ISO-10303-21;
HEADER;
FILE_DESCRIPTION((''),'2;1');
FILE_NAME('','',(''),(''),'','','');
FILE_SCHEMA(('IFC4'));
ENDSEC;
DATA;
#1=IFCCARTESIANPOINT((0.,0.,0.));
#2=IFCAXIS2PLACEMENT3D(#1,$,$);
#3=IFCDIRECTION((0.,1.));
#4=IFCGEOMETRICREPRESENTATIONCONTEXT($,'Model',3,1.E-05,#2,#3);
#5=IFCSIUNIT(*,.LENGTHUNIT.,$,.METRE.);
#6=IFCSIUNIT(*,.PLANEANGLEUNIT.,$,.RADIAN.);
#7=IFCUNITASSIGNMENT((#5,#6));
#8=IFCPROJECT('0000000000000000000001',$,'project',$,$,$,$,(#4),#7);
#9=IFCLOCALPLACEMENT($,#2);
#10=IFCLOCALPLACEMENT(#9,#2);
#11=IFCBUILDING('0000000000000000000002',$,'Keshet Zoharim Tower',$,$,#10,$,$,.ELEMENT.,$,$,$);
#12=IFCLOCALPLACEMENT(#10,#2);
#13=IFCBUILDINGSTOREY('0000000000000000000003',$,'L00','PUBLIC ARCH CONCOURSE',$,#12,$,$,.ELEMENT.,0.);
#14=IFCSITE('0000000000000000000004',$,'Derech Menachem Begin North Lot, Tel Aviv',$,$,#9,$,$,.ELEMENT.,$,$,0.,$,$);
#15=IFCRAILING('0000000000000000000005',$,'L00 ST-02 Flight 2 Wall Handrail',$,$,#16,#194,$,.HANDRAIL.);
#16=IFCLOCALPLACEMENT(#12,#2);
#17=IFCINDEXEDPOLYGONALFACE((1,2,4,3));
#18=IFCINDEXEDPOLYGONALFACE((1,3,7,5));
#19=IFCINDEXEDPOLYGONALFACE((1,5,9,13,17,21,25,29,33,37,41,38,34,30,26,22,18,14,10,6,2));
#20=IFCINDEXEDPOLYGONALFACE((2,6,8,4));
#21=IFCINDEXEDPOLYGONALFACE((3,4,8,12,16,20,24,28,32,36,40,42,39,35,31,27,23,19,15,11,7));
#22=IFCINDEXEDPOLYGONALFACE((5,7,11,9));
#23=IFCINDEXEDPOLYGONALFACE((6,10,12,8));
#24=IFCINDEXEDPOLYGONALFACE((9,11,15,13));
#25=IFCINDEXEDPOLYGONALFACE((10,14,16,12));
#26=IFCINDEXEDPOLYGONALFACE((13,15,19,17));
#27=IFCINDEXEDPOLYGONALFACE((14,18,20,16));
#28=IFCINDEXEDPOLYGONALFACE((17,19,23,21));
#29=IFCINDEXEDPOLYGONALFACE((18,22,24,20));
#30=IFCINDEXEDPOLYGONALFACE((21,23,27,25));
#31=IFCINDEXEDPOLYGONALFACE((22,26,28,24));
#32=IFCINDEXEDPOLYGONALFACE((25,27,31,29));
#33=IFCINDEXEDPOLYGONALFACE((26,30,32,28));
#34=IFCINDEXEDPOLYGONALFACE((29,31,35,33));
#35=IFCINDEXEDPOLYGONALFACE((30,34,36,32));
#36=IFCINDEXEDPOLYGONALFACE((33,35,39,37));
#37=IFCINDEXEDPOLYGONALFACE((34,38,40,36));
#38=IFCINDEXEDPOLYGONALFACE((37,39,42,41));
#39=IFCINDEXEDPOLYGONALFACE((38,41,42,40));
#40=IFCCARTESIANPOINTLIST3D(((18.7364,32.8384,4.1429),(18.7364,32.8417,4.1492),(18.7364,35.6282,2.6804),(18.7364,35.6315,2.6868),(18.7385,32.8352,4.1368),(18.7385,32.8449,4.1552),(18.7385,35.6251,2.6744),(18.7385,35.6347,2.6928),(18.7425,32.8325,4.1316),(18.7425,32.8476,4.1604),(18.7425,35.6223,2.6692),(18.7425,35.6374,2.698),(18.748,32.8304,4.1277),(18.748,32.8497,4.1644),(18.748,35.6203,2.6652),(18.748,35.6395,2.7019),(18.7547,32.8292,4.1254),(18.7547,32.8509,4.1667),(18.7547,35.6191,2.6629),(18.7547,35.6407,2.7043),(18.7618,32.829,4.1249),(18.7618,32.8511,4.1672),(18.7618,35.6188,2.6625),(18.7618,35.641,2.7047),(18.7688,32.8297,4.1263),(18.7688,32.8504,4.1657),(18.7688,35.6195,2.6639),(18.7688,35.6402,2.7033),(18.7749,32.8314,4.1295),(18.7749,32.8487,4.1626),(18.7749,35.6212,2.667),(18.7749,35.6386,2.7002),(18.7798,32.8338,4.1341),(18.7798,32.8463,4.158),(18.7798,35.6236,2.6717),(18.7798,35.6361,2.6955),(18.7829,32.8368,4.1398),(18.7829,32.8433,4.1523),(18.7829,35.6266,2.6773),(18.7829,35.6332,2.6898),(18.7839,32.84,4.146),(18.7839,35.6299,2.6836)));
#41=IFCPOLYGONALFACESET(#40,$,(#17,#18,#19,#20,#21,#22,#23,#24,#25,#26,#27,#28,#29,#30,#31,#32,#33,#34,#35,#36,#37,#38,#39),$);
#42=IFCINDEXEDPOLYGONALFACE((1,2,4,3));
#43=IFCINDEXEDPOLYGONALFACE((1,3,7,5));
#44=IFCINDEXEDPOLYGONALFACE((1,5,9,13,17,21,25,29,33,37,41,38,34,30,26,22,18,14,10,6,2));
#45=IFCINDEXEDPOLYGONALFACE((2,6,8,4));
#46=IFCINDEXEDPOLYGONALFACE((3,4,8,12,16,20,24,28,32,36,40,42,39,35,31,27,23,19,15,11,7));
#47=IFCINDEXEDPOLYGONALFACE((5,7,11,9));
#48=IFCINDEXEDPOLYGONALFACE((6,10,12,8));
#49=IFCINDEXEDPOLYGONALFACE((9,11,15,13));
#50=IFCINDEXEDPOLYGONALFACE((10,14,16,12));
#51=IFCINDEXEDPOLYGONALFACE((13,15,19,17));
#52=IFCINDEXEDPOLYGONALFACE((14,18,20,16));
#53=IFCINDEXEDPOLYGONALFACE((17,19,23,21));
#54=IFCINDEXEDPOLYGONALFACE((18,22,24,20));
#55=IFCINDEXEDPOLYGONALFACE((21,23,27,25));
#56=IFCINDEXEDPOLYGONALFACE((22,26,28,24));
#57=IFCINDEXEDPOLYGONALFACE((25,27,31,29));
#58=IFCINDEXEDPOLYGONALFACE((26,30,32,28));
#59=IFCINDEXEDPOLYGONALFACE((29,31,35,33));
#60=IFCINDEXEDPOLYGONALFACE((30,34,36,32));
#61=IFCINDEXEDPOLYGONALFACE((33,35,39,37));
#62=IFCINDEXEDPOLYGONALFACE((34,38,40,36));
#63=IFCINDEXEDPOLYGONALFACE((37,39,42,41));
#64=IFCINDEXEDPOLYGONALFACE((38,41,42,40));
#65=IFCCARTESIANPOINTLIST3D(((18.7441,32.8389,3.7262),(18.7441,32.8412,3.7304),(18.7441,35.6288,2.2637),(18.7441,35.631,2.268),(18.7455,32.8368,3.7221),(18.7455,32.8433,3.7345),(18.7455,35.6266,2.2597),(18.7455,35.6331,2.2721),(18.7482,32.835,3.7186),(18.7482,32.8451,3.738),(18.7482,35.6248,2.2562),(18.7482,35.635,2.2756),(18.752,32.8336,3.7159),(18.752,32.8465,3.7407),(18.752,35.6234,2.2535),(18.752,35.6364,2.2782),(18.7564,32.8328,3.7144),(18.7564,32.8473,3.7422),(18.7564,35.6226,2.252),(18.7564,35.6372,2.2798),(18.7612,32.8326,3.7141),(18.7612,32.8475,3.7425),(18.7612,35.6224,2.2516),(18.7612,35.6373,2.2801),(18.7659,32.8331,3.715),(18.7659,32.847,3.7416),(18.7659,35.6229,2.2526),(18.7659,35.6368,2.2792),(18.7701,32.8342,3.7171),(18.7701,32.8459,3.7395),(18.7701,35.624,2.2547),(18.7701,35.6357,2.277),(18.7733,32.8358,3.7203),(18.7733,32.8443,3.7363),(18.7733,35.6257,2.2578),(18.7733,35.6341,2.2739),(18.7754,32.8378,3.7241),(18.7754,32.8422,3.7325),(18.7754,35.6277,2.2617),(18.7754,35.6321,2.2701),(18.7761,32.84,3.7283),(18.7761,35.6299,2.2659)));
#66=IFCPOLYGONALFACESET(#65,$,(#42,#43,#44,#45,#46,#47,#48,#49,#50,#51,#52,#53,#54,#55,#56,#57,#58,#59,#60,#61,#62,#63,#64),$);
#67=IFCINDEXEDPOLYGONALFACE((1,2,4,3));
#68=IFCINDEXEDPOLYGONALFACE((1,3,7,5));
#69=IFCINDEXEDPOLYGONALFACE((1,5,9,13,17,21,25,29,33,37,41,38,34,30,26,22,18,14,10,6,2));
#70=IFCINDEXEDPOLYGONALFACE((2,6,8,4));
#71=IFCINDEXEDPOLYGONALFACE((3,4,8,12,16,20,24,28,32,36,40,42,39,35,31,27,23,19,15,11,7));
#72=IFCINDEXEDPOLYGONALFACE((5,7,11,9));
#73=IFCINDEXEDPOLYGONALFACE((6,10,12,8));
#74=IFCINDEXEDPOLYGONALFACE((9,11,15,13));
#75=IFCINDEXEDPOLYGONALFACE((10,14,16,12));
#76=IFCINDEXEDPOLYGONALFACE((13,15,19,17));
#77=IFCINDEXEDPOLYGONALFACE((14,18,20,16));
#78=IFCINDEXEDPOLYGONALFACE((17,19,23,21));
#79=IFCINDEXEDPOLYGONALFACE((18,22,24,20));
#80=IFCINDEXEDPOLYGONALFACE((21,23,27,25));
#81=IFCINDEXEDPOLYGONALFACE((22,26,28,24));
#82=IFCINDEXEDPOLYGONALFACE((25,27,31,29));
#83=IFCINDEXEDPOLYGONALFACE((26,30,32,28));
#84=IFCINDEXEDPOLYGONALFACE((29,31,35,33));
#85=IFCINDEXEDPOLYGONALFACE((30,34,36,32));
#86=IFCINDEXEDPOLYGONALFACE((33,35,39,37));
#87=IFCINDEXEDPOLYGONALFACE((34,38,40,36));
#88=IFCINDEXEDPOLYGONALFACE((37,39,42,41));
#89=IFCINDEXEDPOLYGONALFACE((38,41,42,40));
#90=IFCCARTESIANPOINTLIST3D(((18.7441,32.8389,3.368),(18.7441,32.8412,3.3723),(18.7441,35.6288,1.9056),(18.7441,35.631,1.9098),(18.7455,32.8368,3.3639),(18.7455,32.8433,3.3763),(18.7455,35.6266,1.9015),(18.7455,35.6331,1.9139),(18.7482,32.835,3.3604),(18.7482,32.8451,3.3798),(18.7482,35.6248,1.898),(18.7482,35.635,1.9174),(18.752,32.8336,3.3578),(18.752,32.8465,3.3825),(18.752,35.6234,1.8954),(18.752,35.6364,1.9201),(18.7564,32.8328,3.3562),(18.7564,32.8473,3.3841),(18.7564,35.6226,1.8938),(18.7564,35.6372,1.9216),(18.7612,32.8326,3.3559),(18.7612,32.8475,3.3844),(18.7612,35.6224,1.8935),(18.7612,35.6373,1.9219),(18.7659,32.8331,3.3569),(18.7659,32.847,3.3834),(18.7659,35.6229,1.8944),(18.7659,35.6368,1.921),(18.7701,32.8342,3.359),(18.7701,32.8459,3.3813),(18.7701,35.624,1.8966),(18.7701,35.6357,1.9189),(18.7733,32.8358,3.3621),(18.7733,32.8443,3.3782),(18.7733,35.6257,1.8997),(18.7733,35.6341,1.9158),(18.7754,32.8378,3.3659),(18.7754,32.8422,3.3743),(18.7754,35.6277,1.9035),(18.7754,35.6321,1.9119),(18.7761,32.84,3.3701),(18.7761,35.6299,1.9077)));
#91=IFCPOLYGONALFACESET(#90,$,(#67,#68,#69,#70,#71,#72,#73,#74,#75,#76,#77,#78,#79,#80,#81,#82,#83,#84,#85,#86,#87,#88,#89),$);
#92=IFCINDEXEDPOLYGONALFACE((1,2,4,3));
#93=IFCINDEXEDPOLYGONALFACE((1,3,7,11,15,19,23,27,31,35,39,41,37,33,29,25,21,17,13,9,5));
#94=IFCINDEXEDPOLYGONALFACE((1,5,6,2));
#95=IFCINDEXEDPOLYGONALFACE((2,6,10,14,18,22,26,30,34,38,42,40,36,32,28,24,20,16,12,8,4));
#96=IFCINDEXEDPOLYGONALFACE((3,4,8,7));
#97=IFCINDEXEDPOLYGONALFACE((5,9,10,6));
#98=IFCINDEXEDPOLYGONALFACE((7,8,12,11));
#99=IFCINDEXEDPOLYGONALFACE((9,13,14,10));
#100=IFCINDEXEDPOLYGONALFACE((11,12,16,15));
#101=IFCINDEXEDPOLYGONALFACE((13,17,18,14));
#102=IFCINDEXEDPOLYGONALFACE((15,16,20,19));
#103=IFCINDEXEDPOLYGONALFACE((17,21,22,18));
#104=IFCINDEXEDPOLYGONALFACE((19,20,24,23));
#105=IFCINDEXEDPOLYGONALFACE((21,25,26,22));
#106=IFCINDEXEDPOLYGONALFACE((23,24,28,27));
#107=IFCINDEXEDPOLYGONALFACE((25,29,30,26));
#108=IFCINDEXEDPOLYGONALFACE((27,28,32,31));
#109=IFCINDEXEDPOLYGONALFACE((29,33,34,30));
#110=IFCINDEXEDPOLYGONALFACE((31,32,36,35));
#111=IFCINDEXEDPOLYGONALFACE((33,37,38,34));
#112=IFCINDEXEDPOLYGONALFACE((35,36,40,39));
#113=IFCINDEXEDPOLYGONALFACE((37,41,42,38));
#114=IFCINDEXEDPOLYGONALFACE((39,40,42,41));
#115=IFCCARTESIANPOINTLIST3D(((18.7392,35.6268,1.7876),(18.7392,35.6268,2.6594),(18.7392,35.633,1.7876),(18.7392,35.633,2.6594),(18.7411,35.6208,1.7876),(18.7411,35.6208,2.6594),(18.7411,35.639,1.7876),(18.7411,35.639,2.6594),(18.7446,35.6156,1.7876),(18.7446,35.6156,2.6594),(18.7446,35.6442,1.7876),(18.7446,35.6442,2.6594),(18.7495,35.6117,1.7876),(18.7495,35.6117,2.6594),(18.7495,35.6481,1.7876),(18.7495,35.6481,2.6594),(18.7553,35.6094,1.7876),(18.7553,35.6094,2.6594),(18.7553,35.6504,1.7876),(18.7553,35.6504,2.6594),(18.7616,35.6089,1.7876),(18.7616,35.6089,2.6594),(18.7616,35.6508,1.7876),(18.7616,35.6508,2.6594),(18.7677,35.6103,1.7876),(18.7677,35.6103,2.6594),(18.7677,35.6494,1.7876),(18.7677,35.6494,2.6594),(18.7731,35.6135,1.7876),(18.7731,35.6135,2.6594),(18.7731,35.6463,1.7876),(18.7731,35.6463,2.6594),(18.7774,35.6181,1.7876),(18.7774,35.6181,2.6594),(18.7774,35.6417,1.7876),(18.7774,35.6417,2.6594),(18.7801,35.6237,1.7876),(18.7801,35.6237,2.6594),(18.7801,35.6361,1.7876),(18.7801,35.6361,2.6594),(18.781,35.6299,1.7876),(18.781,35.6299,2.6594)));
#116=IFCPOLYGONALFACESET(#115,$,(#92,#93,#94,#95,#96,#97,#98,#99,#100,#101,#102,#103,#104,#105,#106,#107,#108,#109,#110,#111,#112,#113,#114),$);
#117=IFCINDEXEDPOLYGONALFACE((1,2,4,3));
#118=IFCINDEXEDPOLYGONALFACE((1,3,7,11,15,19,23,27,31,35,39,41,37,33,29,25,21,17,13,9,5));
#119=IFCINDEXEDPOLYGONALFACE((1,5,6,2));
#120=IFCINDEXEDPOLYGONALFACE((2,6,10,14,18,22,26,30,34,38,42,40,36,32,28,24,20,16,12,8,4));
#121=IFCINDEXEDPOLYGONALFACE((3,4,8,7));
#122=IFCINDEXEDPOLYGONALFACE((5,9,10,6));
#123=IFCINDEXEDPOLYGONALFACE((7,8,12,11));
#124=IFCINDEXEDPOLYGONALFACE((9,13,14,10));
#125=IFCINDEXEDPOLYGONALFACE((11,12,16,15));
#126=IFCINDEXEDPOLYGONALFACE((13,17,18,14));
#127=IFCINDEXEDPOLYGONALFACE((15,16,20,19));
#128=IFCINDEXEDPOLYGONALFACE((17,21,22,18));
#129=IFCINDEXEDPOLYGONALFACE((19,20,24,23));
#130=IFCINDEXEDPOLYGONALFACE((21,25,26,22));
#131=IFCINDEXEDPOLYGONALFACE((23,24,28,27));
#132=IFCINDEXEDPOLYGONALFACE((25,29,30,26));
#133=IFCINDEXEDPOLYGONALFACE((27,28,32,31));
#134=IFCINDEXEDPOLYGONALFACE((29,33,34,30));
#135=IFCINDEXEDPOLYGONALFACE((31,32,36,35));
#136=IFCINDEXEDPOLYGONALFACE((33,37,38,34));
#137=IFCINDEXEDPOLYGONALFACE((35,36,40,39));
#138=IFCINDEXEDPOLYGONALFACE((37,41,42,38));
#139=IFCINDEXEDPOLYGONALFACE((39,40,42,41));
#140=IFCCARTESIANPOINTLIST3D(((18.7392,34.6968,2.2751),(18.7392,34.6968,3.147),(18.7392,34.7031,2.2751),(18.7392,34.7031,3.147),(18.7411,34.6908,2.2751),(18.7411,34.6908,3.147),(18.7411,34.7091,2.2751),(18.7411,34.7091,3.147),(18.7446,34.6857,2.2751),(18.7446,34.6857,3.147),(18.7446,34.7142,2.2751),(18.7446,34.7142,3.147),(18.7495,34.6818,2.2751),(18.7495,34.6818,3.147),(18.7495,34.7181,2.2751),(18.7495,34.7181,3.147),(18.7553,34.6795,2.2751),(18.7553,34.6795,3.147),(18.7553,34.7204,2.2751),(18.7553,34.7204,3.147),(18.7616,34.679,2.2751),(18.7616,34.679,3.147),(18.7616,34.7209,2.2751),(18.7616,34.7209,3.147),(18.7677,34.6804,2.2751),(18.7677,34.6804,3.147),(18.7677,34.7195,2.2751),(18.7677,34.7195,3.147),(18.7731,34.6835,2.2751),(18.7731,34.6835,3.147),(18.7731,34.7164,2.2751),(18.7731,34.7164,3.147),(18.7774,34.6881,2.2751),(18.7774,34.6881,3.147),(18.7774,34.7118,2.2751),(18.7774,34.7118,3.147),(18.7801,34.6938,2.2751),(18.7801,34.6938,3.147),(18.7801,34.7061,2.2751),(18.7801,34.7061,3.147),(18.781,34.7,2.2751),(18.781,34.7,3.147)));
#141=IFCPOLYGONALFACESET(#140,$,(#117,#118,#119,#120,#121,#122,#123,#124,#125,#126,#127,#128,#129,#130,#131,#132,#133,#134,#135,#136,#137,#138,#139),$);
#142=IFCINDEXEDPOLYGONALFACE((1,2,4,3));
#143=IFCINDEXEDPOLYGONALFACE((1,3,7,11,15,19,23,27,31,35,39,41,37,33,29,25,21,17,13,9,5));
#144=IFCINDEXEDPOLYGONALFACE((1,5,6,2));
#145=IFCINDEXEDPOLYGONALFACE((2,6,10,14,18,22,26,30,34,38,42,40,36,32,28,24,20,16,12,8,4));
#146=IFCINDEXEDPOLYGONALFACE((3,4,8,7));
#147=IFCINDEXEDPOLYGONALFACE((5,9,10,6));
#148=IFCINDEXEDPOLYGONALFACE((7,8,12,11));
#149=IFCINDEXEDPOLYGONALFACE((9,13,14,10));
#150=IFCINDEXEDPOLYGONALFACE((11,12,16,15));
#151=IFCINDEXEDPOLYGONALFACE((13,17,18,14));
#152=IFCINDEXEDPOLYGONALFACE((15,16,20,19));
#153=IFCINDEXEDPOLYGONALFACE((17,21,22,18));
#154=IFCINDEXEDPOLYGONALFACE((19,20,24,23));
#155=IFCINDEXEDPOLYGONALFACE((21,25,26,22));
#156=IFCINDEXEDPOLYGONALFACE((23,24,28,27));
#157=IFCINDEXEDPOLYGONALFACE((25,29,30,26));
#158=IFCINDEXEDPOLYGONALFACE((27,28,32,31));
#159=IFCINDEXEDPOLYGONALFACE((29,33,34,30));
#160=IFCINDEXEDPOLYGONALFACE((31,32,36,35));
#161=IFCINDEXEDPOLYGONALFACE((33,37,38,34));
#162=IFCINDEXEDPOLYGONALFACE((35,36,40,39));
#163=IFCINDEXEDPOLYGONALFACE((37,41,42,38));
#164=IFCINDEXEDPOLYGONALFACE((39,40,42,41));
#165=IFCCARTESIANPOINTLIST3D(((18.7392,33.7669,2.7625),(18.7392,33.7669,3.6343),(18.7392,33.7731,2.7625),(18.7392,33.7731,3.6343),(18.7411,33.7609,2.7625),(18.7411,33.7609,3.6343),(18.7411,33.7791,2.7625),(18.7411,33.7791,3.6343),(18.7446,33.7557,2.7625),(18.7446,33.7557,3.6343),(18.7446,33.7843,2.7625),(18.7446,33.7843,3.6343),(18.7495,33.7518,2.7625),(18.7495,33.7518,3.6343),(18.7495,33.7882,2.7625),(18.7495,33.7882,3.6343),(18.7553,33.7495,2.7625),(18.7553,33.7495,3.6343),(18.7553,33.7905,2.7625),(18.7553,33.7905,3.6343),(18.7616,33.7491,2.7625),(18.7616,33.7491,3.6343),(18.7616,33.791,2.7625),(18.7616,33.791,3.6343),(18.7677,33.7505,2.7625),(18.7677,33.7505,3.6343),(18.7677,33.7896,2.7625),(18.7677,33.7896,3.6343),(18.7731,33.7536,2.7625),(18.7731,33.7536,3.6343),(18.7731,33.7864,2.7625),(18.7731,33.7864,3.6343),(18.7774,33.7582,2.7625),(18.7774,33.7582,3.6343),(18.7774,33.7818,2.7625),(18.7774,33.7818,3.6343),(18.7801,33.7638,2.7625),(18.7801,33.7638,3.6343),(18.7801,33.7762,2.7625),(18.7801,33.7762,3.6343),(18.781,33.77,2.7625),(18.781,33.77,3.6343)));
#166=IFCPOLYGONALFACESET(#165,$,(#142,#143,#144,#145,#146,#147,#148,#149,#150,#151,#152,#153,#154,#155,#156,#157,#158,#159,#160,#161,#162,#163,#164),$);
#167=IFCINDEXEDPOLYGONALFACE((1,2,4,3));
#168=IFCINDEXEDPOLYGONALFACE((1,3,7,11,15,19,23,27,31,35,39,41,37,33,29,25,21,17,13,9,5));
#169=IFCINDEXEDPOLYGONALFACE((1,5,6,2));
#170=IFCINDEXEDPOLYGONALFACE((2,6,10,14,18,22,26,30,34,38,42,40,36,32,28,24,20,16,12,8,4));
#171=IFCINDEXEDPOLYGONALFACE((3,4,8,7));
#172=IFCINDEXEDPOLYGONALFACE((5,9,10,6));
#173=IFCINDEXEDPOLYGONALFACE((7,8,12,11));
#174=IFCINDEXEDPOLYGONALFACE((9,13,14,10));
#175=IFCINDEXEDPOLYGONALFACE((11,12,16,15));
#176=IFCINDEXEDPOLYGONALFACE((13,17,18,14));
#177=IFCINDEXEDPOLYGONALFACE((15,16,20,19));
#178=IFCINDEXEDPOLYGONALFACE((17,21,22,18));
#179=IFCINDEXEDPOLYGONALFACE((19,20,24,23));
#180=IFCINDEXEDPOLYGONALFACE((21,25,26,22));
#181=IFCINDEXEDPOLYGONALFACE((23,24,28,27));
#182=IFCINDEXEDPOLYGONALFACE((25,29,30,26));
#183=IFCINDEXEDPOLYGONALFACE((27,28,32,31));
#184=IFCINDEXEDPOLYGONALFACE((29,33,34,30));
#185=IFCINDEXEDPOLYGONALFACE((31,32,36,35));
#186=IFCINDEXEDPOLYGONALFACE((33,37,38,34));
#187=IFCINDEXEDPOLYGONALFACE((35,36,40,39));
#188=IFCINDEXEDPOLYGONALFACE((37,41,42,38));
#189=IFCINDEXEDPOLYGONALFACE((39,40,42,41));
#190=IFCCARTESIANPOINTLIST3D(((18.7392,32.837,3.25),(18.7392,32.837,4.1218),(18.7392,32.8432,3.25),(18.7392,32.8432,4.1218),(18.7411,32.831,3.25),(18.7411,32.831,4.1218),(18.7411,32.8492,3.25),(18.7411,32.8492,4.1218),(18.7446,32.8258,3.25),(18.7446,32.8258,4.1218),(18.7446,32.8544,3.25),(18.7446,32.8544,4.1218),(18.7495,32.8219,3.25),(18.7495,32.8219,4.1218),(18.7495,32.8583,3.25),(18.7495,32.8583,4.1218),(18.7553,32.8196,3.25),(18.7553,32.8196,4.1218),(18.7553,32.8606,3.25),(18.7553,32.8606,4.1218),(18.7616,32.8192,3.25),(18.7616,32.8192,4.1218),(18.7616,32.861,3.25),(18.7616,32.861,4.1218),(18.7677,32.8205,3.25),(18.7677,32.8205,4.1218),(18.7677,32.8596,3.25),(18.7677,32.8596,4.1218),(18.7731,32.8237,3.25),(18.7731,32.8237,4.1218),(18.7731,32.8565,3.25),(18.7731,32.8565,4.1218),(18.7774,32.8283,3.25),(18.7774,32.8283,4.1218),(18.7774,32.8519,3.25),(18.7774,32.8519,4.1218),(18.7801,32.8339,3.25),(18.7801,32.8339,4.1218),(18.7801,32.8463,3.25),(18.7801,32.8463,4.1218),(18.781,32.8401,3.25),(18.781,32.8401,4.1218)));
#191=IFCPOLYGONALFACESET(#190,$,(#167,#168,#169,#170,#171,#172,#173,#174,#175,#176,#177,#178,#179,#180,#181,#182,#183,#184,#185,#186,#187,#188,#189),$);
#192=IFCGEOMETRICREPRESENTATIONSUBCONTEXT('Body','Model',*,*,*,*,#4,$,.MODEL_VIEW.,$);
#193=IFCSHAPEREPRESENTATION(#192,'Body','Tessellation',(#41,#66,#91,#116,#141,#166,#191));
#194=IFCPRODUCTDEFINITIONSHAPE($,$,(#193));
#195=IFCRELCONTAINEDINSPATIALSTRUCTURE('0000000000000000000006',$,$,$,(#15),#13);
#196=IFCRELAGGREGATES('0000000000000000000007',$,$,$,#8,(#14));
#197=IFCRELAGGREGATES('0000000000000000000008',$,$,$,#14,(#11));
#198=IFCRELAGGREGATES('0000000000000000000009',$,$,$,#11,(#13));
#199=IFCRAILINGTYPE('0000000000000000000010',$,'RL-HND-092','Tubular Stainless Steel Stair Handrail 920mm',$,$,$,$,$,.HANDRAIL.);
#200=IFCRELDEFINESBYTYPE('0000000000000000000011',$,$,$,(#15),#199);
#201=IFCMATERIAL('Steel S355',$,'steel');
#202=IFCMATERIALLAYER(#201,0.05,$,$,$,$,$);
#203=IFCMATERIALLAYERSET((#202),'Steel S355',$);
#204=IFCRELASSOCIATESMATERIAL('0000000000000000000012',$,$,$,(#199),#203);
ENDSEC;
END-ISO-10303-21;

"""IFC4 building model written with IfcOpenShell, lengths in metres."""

from ifc_helpers import new_model, si_unit, direction, frame, origin, origin_2d, place, context, subcontext, project, spatial, circle, extrude, material, layer, layer_set, type_object, element, save


model = new_model("IFC4")

# Units and contexts
model_context = context("Model", 3, precision=1e-05, world=origin(), true_north=direction((0.0, 1.0)))
body_context = subcontext(model_context, "Body", "Model", "MODEL_VIEW")
ifc_project = project(units=[si_unit("LENGTHUNIT", "METRE"), si_unit("PLANEANGLEUNIT", "RADIAN")], contexts=[model_context])

# Site, building, storey
site_placement = place(None, origin())
site = spatial("IfcSite", under=ifc_project, at=site_placement, Name="Derech Menachem Begin North Lot, Tel Aviv", CompositionType="ELEMENT", RefElevation=0.0)
building_placement = place(site_placement, origin())
building = spatial("IfcBuilding", under=site, at=building_placement, Name="Keshet Zoharim Tower", CompositionType="ELEMENT")
storey_placement = place(building_placement, origin())
storey = spatial("IfcBuildingStorey", under=building, at=storey_placement, Name="L00", Description="PUBLIC ARCH CONCOURSE", CompositionType="ELEMENT", Elevation=0.0)

# Shared definitions
ifc_material_1 = material(Name="Steel S355", Category="steel")

# Railing
ifc_layer_1 = layer(ifc_material_1, 0.05)
ifc_layer_set_1 = layer_set([ifc_layer_1], Name="Steel S355")
railing_type = type_object("IfcRailingType", Name="RL-HND-092", Description="Tubular Stainless Steel Stair Handrail 920mm", PredefinedType="HANDRAIL", material=ifc_layer_set_1)
for number, where, name in (
    (1, (18.76, 35.6299, 1.7876), "L00 ST-02 Flight 2 Wall Handrail"),
):
    element("IfcRailing", number, at=place(storey_placement, frame(where)), inside=storey, type_object=railing_type, Name=name, PredefinedType="HANDRAIL", context=body_context, shape_type="SweptSolid", body=[
        extrude(circle(Radius=0.0239, at=origin_2d()), frame((0.0, 0.0, 0.896), z_axis=(0.0, -0.88569, 0.464276), x_axis=(1.0, 0.0, 0.0)), (0.0, 0.0, 1.0), 3.1499),
        extrude(circle(Radius=0.0161, at=origin_2d()), frame((0.0, 0.0, 0.4783), z_axis=(0.0, -0.88569, 0.464276), x_axis=(1.0, 0.0, 0.0)), (0.0, 0.0, 1.0), 3.1499),
        extrude(circle(Radius=0.0161, at=origin_2d()), frame((0.0, 0.0, 0.1201), z_axis=(0.0, -0.88569, 0.464276), x_axis=(1.0, 0.0, 0.0)), (0.0, 0.0, 1.0), 3.1499),
        extrude(circle(Radius=0.021, at=origin_2d()), origin(), (0.0, 0.0, 1.0), 0.8718),
        extrude(circle(Radius=0.021, at=origin_2d()), frame((0.0, -0.9299, 0.4875)), (0.0, 0.0, 1.0), 0.8718),
        extrude(circle(Radius=0.021, at=origin_2d()), frame((0.0, -1.8599, 0.9749)), (0.0, 0.0, 1.0), 0.8718),
        extrude(circle(Radius=0.021, at=origin_2d()), frame((0.0, -2.7898, 1.4624)), (0.0, 0.0, 1.0), 0.8718),
    ])

save(model, "model.ifc")
